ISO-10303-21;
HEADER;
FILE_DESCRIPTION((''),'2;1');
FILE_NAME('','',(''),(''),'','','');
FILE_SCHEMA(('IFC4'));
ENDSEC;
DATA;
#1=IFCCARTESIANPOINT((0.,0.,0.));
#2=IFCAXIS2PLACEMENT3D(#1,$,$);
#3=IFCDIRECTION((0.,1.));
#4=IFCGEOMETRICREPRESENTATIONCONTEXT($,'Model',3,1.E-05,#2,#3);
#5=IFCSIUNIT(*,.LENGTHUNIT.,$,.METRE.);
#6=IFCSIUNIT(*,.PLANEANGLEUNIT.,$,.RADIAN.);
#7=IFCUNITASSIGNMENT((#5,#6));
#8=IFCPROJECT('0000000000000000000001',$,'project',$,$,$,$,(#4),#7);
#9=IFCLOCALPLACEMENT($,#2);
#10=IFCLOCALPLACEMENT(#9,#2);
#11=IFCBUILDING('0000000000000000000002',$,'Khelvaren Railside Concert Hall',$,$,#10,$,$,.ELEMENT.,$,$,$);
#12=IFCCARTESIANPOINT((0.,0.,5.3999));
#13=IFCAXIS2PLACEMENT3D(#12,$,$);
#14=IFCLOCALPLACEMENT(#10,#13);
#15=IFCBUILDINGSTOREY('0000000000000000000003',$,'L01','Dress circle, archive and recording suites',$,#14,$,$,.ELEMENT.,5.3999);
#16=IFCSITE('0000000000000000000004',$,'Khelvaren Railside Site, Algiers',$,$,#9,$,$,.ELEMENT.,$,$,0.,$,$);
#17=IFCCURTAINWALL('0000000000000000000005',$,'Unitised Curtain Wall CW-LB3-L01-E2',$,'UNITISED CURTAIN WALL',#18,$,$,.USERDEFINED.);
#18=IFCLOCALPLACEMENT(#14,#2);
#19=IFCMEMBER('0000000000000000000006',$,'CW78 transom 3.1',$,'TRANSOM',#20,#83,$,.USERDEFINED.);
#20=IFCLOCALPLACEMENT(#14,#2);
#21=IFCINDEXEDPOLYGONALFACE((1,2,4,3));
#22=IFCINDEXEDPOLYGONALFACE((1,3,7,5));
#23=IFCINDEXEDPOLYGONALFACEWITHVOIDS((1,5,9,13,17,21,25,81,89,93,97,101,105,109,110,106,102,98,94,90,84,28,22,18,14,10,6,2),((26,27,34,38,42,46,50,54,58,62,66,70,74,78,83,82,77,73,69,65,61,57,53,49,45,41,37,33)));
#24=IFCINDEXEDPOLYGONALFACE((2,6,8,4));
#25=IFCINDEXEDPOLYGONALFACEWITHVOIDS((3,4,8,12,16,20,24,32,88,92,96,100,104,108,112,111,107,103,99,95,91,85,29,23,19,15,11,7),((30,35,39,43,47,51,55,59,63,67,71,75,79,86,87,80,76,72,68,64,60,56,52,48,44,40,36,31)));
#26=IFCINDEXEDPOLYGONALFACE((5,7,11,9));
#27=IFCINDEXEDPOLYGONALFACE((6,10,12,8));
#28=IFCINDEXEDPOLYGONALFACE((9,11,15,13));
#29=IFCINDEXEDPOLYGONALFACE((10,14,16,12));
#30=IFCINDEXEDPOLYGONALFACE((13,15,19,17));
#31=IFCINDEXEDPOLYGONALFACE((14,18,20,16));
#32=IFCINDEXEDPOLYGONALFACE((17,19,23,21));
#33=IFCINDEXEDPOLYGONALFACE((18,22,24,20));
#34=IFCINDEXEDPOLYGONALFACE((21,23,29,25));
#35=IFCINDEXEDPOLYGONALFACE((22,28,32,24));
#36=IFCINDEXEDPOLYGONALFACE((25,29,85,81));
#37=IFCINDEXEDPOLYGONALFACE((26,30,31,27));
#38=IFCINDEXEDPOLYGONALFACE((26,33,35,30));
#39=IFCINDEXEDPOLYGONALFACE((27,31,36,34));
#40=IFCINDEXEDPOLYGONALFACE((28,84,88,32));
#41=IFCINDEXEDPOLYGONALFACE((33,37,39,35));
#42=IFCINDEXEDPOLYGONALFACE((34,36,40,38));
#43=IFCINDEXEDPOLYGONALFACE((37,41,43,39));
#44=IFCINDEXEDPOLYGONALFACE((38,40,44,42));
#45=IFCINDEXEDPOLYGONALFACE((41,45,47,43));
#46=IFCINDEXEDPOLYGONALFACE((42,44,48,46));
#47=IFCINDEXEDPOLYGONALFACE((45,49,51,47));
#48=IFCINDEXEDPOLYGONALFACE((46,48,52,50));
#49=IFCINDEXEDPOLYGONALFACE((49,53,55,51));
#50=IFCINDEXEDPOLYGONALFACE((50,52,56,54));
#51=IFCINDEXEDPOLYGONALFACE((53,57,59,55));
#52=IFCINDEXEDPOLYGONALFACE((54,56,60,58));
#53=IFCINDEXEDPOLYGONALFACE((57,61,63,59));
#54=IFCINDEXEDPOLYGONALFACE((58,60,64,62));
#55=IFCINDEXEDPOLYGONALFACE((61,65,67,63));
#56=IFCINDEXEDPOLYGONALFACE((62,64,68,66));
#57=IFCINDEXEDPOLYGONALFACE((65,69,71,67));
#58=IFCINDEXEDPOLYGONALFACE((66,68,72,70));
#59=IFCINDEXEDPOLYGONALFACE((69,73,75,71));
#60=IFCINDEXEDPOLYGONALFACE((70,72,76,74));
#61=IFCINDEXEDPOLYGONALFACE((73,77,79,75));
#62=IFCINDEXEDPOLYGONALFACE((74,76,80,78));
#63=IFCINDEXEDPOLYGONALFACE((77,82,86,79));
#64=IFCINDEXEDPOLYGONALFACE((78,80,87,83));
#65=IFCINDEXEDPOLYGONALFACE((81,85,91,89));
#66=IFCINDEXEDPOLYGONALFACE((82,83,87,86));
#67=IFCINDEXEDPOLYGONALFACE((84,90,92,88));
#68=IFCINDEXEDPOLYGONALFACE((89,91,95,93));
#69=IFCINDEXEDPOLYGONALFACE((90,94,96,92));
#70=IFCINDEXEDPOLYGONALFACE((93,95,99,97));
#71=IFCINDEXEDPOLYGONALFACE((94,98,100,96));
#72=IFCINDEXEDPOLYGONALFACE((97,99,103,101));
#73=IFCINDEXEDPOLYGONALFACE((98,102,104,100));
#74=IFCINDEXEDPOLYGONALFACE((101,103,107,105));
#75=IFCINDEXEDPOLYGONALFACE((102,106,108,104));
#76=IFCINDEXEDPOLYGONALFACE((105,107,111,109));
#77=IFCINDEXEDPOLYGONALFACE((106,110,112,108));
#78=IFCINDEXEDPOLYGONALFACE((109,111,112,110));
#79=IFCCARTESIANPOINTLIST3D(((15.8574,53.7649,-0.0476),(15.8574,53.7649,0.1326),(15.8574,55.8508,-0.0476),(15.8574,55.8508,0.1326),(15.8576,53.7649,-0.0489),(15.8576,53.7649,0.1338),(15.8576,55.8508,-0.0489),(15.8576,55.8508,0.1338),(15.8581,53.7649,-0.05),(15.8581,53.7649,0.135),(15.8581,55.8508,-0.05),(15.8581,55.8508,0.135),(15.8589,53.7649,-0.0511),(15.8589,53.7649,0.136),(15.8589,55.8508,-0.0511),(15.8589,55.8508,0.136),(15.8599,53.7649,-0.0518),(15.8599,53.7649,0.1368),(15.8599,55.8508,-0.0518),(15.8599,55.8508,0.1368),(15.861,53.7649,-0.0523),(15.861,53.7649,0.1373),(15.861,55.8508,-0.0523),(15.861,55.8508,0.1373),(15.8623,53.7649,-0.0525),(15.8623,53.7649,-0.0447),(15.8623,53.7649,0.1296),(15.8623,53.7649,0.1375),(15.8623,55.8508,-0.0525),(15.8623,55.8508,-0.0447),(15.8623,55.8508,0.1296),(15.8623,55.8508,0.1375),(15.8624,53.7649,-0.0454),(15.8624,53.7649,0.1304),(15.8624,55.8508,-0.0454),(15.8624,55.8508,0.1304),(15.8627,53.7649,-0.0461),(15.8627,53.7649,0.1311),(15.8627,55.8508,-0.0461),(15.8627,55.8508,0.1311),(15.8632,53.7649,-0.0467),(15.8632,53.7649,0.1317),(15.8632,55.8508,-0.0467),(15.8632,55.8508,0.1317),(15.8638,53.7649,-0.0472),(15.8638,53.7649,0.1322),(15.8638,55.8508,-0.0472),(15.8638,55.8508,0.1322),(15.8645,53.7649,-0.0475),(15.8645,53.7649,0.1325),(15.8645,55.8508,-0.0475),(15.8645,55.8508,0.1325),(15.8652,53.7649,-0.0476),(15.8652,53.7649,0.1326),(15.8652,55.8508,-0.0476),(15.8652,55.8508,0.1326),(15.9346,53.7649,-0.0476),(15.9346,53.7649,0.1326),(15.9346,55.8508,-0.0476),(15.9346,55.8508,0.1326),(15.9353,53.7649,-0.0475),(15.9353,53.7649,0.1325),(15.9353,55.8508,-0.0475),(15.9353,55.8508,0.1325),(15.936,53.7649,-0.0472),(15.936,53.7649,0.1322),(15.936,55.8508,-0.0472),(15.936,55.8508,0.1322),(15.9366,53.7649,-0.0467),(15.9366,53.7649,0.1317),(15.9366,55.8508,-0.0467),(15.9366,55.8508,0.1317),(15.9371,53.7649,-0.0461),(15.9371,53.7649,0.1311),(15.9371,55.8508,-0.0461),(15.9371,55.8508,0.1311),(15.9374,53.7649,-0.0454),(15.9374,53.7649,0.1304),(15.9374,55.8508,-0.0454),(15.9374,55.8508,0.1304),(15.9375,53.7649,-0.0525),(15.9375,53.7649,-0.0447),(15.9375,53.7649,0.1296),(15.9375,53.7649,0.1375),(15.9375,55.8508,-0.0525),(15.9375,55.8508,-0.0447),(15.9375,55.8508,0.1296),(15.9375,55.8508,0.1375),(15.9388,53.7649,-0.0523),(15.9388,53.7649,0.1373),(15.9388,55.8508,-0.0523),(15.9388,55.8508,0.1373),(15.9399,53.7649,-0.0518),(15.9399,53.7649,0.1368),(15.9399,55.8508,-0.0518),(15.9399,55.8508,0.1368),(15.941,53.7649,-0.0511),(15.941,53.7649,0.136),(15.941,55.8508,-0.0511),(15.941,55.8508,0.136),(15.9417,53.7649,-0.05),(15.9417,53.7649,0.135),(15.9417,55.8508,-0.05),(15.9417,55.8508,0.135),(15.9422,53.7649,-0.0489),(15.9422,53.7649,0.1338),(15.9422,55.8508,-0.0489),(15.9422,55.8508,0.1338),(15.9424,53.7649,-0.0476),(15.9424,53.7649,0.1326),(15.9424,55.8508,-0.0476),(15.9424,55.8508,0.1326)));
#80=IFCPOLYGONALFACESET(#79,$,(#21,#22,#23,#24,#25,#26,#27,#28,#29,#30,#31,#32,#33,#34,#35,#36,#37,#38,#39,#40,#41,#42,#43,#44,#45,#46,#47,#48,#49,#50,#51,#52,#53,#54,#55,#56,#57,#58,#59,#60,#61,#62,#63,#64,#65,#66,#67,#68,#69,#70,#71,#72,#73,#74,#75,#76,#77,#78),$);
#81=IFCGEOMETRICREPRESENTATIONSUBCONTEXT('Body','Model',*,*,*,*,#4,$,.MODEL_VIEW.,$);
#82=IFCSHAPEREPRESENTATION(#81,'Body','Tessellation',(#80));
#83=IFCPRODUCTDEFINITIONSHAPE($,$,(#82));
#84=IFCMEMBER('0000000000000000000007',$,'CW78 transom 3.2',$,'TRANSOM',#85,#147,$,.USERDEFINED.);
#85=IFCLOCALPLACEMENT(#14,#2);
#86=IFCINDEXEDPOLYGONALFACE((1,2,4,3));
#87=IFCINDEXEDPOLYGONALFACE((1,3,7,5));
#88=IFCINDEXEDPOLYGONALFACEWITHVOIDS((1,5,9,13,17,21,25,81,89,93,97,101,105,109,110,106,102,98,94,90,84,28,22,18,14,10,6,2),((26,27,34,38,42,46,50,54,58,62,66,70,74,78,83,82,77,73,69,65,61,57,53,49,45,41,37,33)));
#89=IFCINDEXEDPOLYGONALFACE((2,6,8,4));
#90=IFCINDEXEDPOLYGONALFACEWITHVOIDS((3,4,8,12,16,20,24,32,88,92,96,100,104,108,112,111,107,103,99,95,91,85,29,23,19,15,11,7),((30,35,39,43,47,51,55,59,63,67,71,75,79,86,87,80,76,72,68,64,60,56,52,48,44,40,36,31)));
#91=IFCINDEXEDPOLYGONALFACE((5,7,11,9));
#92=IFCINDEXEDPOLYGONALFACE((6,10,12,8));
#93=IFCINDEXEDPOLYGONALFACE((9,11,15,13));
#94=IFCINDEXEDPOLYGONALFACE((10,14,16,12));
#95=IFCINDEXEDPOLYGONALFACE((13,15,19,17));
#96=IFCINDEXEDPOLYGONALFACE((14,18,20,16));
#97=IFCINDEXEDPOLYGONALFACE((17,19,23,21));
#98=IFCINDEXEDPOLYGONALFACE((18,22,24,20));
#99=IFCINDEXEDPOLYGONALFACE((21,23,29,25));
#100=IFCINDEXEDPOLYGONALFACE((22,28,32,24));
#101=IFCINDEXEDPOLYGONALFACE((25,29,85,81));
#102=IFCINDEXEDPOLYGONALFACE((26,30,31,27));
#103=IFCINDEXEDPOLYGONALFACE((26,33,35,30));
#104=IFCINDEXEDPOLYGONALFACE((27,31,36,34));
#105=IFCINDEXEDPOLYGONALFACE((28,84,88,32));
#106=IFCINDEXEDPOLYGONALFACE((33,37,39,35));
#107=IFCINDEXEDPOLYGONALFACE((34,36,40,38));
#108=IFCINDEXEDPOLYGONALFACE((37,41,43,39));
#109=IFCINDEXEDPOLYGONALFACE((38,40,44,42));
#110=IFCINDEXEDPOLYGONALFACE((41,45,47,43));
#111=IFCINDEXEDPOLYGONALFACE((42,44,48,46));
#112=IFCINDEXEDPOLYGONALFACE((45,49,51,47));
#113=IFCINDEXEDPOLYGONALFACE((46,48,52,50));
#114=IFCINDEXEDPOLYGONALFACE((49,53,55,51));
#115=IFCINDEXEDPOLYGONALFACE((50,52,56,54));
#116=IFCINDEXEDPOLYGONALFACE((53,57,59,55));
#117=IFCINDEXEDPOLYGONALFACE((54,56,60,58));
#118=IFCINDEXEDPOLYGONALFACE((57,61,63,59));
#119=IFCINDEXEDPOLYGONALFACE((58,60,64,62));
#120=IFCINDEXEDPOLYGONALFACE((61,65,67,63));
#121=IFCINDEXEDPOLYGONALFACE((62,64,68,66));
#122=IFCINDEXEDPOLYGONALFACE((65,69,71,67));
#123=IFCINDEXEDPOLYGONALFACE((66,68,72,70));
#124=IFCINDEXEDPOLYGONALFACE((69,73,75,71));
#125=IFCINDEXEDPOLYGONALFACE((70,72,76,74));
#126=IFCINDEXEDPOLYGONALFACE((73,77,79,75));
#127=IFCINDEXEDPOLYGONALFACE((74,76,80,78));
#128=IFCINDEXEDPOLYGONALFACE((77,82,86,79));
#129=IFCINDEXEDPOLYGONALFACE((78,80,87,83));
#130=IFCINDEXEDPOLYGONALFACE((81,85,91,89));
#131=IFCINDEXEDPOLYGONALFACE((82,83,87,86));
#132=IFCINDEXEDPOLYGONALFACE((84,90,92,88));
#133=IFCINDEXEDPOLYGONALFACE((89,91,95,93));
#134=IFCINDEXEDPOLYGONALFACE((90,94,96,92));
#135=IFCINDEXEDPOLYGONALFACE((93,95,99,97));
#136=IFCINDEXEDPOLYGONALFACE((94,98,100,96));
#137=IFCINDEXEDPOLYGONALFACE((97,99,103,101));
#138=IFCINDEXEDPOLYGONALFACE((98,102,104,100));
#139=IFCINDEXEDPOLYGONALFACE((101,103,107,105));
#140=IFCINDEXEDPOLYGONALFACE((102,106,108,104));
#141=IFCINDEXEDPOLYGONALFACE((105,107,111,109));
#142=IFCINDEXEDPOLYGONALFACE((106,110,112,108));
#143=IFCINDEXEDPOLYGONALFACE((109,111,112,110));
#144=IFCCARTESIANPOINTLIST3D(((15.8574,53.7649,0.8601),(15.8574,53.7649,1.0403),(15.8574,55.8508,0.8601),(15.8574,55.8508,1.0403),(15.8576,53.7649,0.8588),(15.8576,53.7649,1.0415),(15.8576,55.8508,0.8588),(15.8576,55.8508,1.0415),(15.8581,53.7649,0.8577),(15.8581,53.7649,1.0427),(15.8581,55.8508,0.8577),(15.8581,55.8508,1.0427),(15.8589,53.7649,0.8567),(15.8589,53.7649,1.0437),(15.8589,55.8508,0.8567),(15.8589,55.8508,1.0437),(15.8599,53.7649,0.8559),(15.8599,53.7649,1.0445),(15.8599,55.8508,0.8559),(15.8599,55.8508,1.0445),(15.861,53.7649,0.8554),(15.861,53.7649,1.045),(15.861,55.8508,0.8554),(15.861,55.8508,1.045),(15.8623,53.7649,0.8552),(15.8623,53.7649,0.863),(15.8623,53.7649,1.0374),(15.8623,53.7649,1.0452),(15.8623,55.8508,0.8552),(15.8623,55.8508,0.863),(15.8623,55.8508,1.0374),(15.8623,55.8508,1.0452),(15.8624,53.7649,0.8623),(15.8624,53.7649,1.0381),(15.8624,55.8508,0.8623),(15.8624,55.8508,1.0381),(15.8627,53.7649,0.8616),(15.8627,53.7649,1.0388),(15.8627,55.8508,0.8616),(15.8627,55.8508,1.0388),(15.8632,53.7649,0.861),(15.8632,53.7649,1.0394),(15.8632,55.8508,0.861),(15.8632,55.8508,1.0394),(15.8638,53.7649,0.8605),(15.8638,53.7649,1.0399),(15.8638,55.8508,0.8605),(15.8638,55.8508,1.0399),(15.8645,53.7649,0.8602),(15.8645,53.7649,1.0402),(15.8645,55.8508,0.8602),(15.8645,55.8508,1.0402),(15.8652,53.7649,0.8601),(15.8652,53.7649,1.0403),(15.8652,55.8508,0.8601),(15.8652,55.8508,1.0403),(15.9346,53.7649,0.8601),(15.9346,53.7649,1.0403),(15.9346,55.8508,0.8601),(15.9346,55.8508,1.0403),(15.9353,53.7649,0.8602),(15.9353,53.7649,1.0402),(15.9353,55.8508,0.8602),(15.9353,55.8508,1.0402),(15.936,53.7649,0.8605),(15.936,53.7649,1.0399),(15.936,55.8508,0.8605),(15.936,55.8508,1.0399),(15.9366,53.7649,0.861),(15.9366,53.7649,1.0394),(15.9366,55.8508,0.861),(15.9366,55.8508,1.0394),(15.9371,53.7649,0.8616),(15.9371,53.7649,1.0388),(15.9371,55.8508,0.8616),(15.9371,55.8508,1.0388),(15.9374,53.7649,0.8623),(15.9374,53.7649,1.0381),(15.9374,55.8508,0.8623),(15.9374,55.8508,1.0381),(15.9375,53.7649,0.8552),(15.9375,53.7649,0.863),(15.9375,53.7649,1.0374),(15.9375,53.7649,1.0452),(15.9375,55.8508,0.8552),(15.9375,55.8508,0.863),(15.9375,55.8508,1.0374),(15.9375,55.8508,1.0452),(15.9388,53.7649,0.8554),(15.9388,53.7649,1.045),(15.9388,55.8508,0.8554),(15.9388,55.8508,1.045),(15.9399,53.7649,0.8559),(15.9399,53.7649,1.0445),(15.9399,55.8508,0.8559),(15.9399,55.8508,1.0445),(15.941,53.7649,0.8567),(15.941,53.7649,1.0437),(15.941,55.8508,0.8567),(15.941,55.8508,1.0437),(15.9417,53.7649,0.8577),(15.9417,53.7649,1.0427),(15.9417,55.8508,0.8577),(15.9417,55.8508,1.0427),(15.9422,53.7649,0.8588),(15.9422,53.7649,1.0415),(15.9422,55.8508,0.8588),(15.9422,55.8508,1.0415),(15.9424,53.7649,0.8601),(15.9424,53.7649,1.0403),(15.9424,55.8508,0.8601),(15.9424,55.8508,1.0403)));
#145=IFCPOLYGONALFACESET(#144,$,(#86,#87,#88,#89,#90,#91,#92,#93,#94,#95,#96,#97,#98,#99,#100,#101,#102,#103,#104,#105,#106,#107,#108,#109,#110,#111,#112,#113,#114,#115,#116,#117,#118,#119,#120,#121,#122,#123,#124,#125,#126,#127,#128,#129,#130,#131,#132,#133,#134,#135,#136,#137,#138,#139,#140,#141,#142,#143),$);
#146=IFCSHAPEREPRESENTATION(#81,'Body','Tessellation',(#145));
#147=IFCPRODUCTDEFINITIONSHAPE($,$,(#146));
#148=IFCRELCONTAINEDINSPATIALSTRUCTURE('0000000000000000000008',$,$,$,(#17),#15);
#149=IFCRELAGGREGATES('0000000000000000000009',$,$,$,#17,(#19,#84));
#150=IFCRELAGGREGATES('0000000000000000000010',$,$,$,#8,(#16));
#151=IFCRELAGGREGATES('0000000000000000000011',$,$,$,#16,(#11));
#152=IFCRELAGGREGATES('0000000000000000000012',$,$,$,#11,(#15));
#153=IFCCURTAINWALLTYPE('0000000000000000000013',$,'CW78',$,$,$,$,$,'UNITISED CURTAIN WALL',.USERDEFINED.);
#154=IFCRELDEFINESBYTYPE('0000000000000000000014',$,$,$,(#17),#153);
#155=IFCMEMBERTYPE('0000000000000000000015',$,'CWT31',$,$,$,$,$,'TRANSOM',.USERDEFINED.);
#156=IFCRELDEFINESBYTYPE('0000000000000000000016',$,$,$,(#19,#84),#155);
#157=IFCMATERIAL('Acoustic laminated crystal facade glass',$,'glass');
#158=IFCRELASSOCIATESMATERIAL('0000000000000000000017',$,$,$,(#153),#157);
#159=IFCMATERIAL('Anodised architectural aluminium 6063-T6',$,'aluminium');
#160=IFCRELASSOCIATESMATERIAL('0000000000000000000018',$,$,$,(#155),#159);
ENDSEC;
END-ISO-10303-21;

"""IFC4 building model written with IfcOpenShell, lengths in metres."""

from ifc_helpers import new_model, si_unit, direction, frame, origin, origin_2d, place, context, subcontext, project, spatial, hollow_rectangle, extrude, material, material_profile, profile_set, type_object, element, aggregate, save


model = new_model("IFC4")

# Units and contexts
model_context = context("Model", 3, precision=1e-05, world=origin(), true_north=direction((0.0, 1.0)))
body_context = subcontext(model_context, "Body", "Model", "MODEL_VIEW")
ifc_project = project(units=[si_unit("LENGTHUNIT", "METRE"), si_unit("PLANEANGLEUNIT", "RADIAN")], contexts=[model_context])

# Site, building, storey
site_placement = place(None, origin())
site = spatial("IfcSite", under=ifc_project, at=site_placement, Name="Khelvaren Railside Site, Algiers", CompositionType="ELEMENT", RefElevation=0.0)
building_placement = place(site_placement, origin())
building = spatial("IfcBuilding", under=site, at=building_placement, Name="Khelvaren Railside Concert Hall", CompositionType="ELEMENT")
storey_placement = place(building_placement, frame((0.0, 0.0, 5.3999)))
storey = spatial("IfcBuildingStorey", under=building, at=storey_placement, Name="L01", Description="Dress circle, archive and recording suites", CompositionType="ELEMENT", Elevation=5.3999)

# Curtain wall
ifc_material_1 = material(Name="Acoustic laminated crystal facade glass", Category="glass")
curtain_wall_type = type_object("IfcCurtainWallType", Name="CW78", ElementType="UNITISED CURTAIN WALL", PredefinedType="USERDEFINED", material=ifc_material_1)
curtain_wall_1_placement = place(storey_placement, origin())
curtain_wall_1 = element("IfcCurtainWall", 1, at=curtain_wall_1_placement, inside=storey, type_object=curtain_wall_type, Name="Unitised Curtain Wall CW-LB3-L01-E2", ObjectType="UNITISED CURTAIN WALL", PredefinedType="USERDEFINED")
ifc_material_2 = material(Name="Anodised architectural aluminium 6063-T6", Category="aluminium")

# Members
ifc_material_profile_1 = material_profile(ifc_material_2, hollow_rectangle(XDim=0.085, YDim=0.1899, WallThickness=0.0049, InnerFilletRadius=0.0029, OuterFilletRadius=0.0049, at=origin_2d()), Name="CWT 85x190x5")
ifc_profile_set_1 = profile_set([ifc_material_profile_1], Name="Anodised architectural aluminium 6063-T6")
member_type_1 = type_object("IfcMemberType", Name="CWT31", ElementType="TRANSOM", PredefinedType="USERDEFINED", material=ifc_profile_set_1)
member_1_placement = place(storey_placement, frame((15.8999, 55.8508, 0.0425), z_axis=(0.0, -1.0, 0.0), x_axis=(1.0, 0.0, 0.0)))
member_1 = element("IfcMember", 2, at=member_1_placement, type_object=member_type_1, Name="CW78 transom 3.1", ObjectType="TRANSOM", PredefinedType="USERDEFINED", context=body_context, shape_type="SweptSolid", body=[
    extrude(hollow_rectangle(XDim=0.085, YDim=0.1899, WallThickness=0.0049, InnerFilletRadius=0.0029, OuterFilletRadius=0.0049, at=origin_2d()), origin(), (0.0, 0.0, 1.0), 2.0859),
])
member_2_placement = place(storey_placement, frame((15.8999, 55.8508, 0.9502), z_axis=(0.0, -1.0, 0.0), x_axis=(1.0, 0.0, 0.0)))
member_2 = element("IfcMember", 3, at=member_2_placement, type_object=member_type_1, Name="CW78 transom 3.2", ObjectType="TRANSOM", PredefinedType="USERDEFINED", context=body_context, shape_type="SweptSolid", body=[
    extrude(hollow_rectangle(XDim=0.085, YDim=0.1899, WallThickness=0.0049, InnerFilletRadius=0.0029, OuterFilletRadius=0.0049, at=origin_2d()), origin(), (0.0, 0.0, 1.0), 2.0859),
])

aggregate(curtain_wall_1, [member_1, member_2])

save(model, "model.ifc")
